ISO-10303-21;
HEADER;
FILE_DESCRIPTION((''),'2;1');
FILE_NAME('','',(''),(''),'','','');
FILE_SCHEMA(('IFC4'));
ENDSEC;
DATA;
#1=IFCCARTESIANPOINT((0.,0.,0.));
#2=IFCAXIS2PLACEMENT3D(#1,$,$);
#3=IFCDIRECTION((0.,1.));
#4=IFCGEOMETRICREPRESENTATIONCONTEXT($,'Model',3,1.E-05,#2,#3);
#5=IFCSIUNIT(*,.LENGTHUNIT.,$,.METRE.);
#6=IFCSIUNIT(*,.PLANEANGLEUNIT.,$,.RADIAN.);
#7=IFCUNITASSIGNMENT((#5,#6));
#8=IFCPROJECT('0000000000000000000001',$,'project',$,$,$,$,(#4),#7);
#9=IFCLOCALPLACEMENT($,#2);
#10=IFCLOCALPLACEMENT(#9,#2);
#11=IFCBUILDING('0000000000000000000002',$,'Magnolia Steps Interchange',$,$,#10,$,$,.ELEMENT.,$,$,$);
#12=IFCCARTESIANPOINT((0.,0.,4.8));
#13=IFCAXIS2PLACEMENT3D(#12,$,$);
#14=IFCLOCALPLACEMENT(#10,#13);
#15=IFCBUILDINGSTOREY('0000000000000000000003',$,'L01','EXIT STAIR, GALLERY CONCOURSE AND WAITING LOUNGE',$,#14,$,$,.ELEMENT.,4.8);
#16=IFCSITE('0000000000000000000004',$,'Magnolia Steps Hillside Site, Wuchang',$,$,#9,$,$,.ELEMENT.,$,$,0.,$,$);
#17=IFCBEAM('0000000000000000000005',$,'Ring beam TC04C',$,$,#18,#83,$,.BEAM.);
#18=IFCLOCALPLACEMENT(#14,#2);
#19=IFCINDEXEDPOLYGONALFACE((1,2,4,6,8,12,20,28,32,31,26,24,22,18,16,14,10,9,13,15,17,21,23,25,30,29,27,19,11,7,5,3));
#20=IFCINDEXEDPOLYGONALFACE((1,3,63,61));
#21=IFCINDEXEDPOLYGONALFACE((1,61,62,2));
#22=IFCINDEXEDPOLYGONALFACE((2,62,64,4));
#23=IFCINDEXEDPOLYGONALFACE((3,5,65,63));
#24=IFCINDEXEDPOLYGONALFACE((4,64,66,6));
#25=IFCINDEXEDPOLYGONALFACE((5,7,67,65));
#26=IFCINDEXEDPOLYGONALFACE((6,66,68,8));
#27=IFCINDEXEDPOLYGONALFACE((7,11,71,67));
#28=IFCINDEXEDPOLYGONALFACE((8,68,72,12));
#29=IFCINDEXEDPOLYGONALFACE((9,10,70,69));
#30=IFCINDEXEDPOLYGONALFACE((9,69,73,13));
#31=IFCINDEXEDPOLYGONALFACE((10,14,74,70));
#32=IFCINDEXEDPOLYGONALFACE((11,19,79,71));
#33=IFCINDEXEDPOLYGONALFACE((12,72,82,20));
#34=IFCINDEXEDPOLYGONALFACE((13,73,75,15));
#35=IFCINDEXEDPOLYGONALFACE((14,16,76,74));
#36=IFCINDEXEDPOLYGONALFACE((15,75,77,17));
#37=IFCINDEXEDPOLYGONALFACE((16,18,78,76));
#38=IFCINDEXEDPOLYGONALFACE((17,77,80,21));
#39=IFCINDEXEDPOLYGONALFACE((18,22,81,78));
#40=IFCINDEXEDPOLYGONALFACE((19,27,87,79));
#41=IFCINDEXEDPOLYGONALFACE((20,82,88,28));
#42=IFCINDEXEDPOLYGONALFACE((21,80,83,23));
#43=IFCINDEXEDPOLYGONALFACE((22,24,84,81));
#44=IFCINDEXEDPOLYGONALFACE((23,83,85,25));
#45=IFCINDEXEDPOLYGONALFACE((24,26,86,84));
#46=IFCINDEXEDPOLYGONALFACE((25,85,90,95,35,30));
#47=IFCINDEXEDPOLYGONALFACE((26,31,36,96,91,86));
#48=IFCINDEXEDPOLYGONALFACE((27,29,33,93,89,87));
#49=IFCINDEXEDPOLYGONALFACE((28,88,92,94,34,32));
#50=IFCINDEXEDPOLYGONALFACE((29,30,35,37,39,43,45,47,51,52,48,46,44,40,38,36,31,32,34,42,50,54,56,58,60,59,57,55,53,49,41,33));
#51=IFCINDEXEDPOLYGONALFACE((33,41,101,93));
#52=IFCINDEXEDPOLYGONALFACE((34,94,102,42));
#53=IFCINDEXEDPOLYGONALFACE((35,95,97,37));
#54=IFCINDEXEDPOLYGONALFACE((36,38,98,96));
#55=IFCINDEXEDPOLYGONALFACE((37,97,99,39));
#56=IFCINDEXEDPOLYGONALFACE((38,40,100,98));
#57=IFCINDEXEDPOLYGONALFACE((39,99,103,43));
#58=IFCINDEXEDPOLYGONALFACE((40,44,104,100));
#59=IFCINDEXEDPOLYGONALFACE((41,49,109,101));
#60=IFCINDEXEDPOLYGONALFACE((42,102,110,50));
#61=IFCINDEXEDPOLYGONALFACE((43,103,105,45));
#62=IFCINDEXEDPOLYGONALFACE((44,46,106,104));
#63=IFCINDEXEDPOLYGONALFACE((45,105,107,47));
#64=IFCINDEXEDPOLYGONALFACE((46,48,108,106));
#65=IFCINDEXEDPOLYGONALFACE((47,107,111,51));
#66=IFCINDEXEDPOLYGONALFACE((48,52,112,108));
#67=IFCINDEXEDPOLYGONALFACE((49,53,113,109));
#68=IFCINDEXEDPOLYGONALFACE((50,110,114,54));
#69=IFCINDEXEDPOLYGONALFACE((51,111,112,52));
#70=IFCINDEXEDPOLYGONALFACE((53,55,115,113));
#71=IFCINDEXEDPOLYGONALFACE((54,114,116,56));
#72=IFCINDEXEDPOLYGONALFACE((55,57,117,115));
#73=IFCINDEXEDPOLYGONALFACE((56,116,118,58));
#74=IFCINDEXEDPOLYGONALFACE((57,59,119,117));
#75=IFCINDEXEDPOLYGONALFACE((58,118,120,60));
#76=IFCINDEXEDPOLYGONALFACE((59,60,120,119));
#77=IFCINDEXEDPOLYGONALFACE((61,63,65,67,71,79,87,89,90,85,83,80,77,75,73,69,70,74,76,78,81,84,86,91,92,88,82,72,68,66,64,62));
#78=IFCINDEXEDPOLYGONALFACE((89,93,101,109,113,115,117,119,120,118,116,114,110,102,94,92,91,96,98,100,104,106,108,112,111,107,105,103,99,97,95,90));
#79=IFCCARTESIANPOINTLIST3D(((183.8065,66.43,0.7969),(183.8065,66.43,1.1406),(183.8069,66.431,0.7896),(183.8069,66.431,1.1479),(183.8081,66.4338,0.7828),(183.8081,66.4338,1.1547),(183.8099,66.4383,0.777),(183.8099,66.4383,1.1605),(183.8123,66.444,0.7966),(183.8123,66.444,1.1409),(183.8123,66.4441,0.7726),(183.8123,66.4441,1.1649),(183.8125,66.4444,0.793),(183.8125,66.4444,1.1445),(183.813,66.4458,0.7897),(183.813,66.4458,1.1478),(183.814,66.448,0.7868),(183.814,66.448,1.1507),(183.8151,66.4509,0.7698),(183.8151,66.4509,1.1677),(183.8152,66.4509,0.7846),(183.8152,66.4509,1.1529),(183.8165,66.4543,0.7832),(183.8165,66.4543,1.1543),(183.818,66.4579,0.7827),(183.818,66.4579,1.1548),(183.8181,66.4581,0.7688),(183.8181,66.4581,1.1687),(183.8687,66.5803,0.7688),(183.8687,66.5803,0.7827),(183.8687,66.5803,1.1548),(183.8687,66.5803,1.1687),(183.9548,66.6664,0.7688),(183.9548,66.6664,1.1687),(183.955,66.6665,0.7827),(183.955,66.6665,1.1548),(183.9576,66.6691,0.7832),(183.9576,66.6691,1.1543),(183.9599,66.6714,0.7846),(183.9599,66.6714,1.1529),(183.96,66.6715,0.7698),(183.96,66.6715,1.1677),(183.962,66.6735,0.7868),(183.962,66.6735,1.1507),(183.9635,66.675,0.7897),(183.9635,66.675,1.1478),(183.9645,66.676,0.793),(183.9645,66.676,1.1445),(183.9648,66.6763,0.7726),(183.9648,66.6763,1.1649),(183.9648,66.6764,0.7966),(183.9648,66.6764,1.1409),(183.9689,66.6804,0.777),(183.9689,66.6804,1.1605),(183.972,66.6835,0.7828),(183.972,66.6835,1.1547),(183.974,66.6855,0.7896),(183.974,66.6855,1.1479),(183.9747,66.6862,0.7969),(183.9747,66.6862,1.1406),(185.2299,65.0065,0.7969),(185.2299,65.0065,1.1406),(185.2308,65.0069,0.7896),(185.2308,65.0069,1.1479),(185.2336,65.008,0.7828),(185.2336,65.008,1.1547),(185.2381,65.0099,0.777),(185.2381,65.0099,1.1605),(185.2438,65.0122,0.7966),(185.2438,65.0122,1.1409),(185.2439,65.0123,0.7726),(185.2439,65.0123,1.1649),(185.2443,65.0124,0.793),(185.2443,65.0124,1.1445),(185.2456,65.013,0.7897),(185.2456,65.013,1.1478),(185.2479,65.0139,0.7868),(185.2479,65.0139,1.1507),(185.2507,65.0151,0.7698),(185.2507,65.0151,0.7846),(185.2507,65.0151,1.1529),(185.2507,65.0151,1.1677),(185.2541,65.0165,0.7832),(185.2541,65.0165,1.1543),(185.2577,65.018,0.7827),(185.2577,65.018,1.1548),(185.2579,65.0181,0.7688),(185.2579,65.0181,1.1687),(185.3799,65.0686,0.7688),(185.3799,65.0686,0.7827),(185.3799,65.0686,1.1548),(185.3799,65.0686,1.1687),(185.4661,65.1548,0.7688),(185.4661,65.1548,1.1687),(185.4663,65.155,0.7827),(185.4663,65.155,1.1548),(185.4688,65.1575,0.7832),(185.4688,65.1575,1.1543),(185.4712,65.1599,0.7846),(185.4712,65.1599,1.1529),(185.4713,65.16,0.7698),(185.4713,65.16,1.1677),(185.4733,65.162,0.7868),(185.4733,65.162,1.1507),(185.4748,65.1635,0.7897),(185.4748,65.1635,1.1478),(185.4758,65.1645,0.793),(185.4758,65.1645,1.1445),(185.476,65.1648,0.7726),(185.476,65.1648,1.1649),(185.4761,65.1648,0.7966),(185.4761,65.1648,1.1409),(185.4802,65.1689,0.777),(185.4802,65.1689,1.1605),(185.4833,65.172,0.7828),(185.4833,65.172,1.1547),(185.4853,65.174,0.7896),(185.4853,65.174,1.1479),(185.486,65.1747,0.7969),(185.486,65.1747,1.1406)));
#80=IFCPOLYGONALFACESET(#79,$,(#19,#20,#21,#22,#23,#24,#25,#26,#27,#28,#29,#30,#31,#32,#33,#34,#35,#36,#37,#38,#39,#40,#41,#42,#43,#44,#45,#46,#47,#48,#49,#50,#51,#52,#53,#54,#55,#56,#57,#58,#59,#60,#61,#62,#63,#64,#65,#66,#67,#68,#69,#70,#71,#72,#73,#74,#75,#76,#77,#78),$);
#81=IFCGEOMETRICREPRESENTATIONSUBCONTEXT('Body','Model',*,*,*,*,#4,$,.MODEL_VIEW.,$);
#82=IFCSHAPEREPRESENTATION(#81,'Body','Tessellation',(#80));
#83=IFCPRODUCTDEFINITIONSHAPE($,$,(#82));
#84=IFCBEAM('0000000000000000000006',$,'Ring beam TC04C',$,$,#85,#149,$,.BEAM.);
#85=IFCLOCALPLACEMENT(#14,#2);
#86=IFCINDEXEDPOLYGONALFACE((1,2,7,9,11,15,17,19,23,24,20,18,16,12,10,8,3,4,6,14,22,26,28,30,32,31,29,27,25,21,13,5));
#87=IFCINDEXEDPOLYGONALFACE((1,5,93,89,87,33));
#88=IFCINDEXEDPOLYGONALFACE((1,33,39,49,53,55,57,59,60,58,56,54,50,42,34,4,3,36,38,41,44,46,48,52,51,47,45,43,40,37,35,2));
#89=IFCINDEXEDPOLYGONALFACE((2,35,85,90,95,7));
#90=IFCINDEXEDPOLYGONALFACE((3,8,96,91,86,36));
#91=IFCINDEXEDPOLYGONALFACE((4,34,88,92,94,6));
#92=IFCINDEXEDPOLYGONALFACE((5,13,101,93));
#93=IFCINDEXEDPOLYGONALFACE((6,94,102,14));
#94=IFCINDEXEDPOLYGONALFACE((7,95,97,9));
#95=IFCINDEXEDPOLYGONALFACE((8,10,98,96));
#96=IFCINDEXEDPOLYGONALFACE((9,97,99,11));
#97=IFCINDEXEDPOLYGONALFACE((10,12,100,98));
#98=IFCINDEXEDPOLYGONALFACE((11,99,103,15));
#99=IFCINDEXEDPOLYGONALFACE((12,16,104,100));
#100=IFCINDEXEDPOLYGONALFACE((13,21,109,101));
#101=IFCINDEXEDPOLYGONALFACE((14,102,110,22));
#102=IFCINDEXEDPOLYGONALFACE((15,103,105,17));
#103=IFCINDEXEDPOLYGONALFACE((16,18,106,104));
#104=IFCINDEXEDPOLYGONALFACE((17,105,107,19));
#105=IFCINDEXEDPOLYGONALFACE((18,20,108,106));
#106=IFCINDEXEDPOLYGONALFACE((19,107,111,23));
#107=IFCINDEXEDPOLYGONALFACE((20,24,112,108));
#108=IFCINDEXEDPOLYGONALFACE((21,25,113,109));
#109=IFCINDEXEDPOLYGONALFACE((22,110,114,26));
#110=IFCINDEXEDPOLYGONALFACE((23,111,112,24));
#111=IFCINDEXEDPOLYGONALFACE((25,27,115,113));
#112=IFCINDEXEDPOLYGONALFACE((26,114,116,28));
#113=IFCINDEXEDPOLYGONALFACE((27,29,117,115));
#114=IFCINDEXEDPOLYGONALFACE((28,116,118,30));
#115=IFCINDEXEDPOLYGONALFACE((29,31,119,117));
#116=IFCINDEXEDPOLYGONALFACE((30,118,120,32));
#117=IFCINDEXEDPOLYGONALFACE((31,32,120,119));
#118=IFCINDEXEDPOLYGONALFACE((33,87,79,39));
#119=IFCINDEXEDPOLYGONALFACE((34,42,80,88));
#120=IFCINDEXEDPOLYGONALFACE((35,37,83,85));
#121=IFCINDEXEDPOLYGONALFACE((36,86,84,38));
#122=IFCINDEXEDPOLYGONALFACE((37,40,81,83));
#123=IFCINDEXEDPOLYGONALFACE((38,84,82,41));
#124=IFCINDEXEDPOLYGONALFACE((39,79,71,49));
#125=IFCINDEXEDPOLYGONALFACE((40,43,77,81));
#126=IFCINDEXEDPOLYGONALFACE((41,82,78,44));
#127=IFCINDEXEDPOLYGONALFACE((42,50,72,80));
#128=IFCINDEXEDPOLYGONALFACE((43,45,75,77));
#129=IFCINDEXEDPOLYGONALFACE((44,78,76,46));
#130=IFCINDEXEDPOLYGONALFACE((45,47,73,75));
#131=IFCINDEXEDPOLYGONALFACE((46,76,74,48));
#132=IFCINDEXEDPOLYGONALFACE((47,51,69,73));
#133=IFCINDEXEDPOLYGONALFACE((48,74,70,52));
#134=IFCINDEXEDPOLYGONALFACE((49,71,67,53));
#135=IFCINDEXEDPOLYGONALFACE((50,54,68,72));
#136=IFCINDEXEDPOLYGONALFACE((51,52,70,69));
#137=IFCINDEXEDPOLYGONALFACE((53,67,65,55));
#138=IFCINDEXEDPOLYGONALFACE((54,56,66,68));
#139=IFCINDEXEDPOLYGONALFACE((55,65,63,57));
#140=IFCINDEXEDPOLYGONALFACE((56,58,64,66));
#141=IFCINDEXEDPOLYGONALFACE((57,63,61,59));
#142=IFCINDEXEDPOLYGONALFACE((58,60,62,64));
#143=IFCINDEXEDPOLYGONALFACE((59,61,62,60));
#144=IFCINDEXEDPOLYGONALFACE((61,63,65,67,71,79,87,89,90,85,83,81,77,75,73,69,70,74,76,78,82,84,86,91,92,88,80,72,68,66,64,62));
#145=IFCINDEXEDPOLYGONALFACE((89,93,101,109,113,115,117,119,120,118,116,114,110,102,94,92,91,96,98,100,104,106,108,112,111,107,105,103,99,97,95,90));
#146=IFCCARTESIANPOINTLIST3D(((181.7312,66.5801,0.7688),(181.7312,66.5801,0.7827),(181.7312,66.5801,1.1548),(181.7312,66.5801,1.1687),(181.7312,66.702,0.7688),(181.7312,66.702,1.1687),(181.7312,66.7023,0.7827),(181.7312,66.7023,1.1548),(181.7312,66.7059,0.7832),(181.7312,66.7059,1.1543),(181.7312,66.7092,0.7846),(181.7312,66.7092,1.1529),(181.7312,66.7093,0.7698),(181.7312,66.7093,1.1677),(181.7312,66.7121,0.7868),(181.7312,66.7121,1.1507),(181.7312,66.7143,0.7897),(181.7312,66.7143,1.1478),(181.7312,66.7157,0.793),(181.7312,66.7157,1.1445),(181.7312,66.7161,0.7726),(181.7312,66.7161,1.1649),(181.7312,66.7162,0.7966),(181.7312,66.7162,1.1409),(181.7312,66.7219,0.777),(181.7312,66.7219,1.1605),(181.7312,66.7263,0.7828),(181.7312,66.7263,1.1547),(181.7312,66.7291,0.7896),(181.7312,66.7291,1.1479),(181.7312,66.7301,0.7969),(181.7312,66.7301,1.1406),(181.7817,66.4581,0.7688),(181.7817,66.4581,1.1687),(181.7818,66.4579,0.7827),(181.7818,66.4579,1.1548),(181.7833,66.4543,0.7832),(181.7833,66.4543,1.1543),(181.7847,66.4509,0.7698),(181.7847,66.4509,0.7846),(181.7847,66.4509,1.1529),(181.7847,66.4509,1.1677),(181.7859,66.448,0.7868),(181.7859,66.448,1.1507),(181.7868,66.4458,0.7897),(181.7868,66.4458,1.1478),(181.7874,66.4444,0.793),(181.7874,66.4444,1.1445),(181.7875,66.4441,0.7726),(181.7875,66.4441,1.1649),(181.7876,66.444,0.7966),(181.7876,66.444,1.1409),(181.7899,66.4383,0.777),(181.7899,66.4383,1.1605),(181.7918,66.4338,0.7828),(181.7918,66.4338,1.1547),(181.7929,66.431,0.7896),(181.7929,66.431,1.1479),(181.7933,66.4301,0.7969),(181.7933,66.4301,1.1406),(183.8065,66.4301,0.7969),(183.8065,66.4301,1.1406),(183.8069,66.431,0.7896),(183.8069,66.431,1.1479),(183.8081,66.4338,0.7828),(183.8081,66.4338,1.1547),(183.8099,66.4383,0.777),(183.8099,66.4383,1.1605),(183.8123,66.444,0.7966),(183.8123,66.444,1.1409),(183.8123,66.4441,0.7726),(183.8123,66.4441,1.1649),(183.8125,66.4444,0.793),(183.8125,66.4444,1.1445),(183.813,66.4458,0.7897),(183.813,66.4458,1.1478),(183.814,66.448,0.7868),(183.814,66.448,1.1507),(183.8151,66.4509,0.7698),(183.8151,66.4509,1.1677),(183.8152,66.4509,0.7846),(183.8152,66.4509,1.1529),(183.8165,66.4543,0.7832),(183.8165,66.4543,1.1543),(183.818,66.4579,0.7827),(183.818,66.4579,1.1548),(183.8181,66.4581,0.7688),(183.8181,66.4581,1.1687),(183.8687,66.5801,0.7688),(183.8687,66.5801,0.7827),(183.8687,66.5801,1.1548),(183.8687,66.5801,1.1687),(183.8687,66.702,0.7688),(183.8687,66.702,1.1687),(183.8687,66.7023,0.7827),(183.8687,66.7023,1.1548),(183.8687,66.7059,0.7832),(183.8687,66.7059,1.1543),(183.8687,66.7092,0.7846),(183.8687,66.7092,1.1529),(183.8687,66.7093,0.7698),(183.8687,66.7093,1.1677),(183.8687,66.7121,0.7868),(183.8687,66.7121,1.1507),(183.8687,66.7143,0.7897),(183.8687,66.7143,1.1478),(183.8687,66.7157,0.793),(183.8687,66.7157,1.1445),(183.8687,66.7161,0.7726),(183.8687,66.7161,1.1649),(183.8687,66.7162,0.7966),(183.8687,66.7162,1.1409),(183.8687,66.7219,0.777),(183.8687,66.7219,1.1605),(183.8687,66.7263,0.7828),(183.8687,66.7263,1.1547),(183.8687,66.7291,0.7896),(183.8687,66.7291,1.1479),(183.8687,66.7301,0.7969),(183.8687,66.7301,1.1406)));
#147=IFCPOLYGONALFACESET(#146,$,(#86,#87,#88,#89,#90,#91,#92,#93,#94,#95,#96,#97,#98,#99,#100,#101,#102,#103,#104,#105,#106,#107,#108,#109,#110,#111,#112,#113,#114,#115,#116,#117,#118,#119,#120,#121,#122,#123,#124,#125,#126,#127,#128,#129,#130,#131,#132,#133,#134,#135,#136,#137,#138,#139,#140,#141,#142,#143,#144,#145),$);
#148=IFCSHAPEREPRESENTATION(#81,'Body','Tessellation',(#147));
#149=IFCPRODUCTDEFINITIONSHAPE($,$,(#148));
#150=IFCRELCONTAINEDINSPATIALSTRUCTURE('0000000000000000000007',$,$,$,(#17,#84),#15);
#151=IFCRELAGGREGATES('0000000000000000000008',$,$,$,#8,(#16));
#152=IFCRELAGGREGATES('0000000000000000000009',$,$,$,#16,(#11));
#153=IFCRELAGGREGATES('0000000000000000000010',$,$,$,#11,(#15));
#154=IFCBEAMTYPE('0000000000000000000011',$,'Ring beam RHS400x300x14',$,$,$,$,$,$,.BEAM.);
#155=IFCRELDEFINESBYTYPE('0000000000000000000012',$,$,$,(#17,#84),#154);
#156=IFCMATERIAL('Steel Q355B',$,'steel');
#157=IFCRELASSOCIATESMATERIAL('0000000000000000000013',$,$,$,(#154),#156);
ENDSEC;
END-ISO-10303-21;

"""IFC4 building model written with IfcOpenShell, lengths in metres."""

from ifc_helpers import new_model, si_unit, direction, frame, origin, origin_2d, place, context, subcontext, project, spatial, hollow_rectangle, extrude, clip, halfspace, material, material_profile, profile_set, type_object, element, save


model = new_model("IFC4")

# Units and contexts
model_context = context("Model", 3, precision=1e-05, world=origin(), true_north=direction((0.0, 1.0)))
body_context = subcontext(model_context, "Body", "Model", "MODEL_VIEW")
ifc_project = project(units=[si_unit("LENGTHUNIT", "METRE"), si_unit("PLANEANGLEUNIT", "RADIAN")], contexts=[model_context])

# Site, building, storey
site_placement = place(None, origin())
site = spatial("IfcSite", under=ifc_project, at=site_placement, Name="Magnolia Steps Hillside Site, Wuchang", CompositionType="ELEMENT", RefElevation=0.0)
building_placement = place(site_placement, origin())
building = spatial("IfcBuilding", under=site, at=building_placement, Name="Magnolia Steps Interchange", CompositionType="ELEMENT")
storey_placement = place(building_placement, frame((0.0, 0.0, 4.8)))
storey = spatial("IfcBuildingStorey", under=building, at=storey_placement, Name="L01", Description="EXIT STAIR, GALLERY CONCOURSE AND WAITING LOUNGE", CompositionType="ELEMENT", Elevation=4.8)

# Beams
ifc_material_1 = material(Name="Steel Q355B", Category="steel")
ifc_material_profile_1 = material_profile(ifc_material_1, hollow_rectangle(XDim=0.3, YDim=0.3999, WallThickness=0.0139, InnerFilletRadius=0.0139, OuterFilletRadius=0.0281, at=origin_2d()), Name="RHS400x300x14")
ifc_profile_set_1 = profile_set([ifc_material_profile_1], Name="Steel Q355B")
beam_type_1 = type_object("IfcBeamType", Name="Ring beam RHS400x300x14", PredefinedType="BEAM", material=ifc_profile_set_1)
beam_1_placement = place(storey_placement, frame((185.3799, 65.0686, 0.9688), z_axis=(-0.70705, 0.707164, 0.0), x_axis=(-0.707164, -0.70705, 0.0)))
element("IfcBeam", 1, at=beam_1_placement, inside=storey, type_object=beam_type_1, Name="Ring beam TC04C", PredefinedType="BEAM", context=body_context, shape_type="Clipping", body=[
    clip(clip(extrude(hollow_rectangle(XDim=0.3, YDim=0.3999, WallThickness=0.0139, InnerFilletRadius=0.0139, OuterFilletRadius=0.0281, at=origin_2d()), origin(), (0.0, 0.0, 1.0), 2.1375), halfspace(frame((0.0, 0.0, 0.0), z_axis=(0.382609, 0.0, -0.92391), x_axis=(0.92391, 0.0, 0.382609)), False)), halfspace(frame((0.0, 0.0, 2.1374), z_axis=(0.382758, 0.0, 0.923849), x_axis=(0.923849, 0.0, -0.382758)), False)),
])
beam_2_placement = place(storey_placement, frame((183.8687, 66.5801, 0.9688), z_axis=(-1.0, 0.0, 0.0), x_axis=(0.0, -1.0, 0.0)))
element("IfcBeam", 2, at=beam_2_placement, inside=storey, type_object=beam_type_1, Name="Ring beam TC04C", PredefinedType="BEAM", context=body_context, shape_type="Clipping", body=[
    clip(clip(extrude(hollow_rectangle(XDim=0.3, YDim=0.3999, WallThickness=0.0139, InnerFilletRadius=0.0139, OuterFilletRadius=0.0281, at=origin_2d()), origin(), (0.0, 0.0, 1.0), 2.1375), halfspace(frame((0.0, 0.0, 0.0), z_axis=(0.382683, 0.0, -0.92388), x_axis=(0.92388, 0.0, 0.382683)), False)), halfspace(frame((0.0, 0.0, 2.1375), z_axis=(0.382683, 0.0, 0.92388), x_axis=(0.92388, 0.0, -0.382683)), False)),
])

save(model, "model.ifc")
